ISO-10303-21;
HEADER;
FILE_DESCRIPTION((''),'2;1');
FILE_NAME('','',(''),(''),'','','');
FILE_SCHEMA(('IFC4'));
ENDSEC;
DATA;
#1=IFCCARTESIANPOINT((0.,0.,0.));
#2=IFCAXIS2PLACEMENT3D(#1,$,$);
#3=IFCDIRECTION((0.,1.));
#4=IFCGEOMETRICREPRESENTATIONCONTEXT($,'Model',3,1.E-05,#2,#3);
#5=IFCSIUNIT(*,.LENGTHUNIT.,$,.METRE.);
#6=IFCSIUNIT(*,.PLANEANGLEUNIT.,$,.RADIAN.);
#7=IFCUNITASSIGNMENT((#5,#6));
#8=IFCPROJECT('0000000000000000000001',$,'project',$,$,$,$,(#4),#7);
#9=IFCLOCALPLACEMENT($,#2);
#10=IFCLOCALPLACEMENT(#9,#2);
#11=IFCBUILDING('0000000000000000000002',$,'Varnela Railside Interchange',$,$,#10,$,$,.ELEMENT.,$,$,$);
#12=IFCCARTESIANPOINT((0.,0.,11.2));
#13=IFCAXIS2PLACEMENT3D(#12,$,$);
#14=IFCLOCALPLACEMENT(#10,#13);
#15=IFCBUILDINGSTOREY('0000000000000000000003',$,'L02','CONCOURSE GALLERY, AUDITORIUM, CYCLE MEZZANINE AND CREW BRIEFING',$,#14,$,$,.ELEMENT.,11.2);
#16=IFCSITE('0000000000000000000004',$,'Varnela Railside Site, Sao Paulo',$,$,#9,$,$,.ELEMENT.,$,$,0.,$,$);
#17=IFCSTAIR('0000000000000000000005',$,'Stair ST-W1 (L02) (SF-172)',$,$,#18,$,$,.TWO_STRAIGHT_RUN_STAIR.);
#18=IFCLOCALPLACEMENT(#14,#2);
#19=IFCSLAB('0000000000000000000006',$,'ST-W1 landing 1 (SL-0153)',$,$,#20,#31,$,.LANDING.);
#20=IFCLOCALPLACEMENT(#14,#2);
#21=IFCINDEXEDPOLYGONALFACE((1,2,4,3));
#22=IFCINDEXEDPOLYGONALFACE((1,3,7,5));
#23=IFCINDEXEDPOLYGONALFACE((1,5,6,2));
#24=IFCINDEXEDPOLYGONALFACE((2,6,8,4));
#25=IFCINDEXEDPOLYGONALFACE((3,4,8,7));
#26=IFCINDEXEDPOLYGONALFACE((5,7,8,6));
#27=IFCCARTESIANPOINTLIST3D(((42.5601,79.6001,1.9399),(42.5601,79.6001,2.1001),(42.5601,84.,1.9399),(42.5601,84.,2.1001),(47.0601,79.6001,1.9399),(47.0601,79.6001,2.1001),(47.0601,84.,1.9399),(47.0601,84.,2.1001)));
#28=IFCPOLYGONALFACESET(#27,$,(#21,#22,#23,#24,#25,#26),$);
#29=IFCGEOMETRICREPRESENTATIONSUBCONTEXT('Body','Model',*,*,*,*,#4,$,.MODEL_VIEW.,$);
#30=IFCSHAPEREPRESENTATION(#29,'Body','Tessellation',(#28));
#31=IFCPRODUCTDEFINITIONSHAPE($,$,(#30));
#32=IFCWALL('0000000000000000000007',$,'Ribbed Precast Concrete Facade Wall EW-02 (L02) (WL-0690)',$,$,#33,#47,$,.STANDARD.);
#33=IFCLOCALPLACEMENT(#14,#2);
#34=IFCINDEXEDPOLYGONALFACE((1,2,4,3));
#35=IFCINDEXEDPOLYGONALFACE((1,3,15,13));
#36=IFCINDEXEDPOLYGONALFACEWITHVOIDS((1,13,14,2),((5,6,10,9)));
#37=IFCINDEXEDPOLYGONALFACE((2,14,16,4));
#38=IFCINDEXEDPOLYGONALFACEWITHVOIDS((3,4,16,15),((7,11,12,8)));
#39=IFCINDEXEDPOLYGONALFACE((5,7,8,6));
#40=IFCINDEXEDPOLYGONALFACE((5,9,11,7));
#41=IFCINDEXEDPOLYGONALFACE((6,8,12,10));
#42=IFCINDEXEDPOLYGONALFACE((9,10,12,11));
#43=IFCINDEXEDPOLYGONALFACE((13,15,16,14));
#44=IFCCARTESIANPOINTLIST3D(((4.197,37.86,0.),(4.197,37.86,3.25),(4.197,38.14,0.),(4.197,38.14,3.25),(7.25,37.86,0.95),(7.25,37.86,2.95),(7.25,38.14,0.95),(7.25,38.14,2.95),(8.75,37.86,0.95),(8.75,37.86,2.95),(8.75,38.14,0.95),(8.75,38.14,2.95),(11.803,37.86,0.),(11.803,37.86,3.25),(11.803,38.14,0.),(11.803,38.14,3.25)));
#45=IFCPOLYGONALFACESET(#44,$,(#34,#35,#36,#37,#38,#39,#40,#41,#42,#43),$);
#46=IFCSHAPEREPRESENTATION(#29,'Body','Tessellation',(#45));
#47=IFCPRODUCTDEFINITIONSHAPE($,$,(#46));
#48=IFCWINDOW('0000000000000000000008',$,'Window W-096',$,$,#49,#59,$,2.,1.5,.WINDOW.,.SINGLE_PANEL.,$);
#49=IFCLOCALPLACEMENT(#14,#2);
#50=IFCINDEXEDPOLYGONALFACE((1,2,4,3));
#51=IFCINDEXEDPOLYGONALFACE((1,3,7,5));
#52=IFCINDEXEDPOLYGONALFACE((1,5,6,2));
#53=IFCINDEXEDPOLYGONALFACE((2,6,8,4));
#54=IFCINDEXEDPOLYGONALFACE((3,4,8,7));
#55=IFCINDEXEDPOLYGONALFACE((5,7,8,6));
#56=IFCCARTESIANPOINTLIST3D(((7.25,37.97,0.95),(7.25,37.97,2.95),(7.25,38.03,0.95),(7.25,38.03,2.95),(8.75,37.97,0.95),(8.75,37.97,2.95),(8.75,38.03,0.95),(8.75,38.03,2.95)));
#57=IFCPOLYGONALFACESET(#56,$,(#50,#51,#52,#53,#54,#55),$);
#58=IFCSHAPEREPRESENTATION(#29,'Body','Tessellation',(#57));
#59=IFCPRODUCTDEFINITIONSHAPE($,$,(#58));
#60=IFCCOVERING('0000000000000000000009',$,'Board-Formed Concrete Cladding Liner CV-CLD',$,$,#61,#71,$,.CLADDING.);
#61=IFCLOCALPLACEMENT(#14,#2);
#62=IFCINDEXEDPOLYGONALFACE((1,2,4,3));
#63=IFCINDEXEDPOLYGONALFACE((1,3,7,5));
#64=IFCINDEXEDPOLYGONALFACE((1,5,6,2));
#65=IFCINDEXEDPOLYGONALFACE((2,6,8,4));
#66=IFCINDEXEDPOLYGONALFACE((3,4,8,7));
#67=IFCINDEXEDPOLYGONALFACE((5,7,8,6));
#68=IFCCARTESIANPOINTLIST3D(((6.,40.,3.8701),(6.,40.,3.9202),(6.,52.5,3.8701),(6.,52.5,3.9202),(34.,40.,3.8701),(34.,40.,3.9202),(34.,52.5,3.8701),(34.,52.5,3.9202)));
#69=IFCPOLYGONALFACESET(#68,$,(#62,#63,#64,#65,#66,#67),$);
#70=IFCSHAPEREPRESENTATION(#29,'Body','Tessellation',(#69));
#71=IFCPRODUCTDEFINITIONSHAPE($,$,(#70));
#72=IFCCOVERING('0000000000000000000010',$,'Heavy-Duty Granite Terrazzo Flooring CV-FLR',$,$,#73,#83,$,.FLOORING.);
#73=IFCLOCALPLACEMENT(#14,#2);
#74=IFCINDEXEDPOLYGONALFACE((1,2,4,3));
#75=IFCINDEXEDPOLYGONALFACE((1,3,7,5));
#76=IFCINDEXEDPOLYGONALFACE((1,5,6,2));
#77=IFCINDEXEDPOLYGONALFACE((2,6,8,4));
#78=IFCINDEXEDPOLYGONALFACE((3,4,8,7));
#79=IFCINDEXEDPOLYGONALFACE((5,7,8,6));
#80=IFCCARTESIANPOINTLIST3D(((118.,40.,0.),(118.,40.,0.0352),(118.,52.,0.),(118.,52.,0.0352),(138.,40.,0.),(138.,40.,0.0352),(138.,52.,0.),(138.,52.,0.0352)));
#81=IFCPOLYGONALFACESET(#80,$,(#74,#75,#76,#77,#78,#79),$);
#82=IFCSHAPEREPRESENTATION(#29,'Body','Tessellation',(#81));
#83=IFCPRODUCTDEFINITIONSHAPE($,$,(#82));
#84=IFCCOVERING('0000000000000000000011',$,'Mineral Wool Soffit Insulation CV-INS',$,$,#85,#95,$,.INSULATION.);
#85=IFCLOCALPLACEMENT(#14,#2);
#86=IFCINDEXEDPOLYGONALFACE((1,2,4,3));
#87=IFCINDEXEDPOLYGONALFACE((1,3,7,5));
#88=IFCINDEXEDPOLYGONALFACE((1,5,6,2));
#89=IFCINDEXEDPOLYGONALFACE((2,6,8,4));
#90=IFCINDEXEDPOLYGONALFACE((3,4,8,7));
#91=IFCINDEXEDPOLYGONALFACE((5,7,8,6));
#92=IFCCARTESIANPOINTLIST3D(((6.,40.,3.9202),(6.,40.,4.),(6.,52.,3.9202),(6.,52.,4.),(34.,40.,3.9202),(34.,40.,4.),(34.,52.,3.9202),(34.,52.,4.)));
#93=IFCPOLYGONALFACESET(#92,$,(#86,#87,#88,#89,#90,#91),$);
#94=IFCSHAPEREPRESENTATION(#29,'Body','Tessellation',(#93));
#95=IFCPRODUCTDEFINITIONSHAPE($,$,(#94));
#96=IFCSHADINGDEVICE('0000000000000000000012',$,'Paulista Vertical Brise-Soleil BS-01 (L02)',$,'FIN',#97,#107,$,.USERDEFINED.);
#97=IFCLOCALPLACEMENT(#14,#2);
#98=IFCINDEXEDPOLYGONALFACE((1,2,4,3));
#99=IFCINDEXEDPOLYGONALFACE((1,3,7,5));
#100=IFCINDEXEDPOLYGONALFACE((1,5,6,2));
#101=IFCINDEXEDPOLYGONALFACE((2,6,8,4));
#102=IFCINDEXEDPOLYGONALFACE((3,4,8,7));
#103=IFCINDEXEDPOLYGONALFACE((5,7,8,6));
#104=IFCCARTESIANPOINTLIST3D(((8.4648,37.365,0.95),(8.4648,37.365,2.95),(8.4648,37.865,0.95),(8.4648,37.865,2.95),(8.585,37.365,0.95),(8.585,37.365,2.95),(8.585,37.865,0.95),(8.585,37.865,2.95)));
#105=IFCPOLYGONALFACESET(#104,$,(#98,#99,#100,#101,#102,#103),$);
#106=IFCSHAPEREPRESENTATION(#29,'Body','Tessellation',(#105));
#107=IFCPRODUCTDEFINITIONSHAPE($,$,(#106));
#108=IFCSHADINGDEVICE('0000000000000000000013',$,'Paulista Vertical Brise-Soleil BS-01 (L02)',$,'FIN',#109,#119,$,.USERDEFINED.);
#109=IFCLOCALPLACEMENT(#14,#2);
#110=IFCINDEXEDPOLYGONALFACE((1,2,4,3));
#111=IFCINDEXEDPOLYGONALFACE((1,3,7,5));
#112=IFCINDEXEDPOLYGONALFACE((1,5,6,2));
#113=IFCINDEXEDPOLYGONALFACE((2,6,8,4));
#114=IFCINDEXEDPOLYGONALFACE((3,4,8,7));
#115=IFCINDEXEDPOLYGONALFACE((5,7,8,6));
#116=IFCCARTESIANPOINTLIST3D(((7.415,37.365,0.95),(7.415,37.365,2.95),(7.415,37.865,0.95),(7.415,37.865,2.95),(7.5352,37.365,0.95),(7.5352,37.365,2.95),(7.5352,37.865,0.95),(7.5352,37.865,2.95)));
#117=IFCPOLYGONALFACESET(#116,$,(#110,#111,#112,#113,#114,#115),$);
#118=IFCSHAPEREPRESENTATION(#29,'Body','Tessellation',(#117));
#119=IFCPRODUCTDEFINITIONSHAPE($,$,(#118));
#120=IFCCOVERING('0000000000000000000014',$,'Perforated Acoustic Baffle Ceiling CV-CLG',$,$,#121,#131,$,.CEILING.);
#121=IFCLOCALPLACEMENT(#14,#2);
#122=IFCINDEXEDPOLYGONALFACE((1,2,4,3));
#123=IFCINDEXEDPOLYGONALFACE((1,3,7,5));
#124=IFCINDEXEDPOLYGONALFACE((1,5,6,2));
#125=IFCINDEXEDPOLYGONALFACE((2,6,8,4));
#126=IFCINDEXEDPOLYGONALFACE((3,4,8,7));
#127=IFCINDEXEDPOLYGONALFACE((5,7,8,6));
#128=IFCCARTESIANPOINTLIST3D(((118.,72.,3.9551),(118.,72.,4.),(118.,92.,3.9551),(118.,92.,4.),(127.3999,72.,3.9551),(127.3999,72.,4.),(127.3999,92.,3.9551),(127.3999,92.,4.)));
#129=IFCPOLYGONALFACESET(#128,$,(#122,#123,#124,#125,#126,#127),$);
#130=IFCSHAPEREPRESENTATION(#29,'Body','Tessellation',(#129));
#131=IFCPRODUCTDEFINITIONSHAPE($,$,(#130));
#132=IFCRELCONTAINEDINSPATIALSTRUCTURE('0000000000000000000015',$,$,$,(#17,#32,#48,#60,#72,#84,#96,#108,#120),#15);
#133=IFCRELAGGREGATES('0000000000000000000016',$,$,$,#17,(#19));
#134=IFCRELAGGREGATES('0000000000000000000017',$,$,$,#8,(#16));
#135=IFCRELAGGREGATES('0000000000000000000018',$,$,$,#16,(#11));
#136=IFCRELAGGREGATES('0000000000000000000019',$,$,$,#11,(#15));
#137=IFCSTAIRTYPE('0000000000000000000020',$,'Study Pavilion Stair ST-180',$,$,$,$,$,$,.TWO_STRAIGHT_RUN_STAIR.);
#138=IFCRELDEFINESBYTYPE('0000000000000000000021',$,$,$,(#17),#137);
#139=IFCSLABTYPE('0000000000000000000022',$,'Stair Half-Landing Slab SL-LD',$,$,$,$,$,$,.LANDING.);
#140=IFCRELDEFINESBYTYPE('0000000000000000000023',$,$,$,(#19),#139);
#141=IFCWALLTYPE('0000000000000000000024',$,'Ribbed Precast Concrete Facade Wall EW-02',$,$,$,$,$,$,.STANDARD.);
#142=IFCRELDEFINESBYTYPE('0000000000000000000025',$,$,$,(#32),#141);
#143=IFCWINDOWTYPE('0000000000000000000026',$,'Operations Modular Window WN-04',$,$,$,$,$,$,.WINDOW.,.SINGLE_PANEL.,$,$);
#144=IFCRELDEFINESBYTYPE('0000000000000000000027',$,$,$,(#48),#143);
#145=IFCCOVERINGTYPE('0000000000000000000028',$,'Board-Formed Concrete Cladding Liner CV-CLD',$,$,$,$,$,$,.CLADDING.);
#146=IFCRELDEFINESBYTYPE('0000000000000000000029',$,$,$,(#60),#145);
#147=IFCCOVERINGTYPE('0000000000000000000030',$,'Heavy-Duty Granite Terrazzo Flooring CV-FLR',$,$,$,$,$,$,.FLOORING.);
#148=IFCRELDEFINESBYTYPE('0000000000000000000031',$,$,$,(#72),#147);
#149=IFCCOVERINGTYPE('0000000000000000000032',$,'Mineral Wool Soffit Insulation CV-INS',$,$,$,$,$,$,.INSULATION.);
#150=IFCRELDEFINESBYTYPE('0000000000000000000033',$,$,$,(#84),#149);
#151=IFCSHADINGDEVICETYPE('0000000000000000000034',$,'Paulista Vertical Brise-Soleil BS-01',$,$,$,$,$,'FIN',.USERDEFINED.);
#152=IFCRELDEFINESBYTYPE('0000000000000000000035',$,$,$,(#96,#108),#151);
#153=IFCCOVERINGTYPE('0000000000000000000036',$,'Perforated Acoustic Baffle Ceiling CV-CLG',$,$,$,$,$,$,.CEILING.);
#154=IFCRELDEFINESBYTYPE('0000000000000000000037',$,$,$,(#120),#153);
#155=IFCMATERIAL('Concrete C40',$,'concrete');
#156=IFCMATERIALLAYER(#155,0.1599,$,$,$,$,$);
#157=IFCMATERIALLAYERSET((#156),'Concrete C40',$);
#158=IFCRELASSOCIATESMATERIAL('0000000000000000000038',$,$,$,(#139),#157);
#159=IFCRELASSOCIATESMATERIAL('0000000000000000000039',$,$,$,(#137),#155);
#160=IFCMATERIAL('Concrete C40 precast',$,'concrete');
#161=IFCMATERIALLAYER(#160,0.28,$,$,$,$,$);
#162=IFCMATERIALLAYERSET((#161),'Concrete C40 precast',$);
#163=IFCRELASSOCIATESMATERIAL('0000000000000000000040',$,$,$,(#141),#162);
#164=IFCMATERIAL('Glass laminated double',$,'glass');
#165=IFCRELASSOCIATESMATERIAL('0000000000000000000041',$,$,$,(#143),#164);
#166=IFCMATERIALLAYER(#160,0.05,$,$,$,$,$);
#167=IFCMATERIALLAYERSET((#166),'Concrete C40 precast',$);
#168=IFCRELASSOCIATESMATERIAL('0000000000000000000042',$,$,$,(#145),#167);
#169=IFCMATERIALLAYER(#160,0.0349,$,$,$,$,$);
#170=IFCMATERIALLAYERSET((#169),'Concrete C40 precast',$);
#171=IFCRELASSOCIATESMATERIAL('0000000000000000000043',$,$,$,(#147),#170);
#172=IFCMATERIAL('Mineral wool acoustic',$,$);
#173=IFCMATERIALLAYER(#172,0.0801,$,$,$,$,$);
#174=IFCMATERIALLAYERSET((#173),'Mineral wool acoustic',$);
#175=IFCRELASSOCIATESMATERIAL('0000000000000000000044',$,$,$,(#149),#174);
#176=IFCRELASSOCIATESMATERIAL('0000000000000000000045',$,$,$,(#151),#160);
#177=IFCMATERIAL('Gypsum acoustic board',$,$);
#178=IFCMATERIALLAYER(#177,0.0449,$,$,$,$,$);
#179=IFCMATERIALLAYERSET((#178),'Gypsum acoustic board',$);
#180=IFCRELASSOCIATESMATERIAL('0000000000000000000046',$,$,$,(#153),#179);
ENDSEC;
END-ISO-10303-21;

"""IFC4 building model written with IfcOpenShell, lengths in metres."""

from ifc_helpers import new_model, si_unit, direction, frame, frame_2d, origin, origin_2d, place, context, subcontext, project, spatial, polyline, rectangle, outline, extrude, material, layer, layer_set, type_object, element, fill, aggregate, save


model = new_model("IFC4")

# Units and contexts
model_context = context("Model", 3, precision=1e-05, world=origin(), true_north=direction((0.0, 1.0)))
body_context = subcontext(model_context, "Body", "Model", "MODEL_VIEW")
ifc_project = project(units=[si_unit("LENGTHUNIT", "METRE"), si_unit("PLANEANGLEUNIT", "RADIAN")], contexts=[model_context])

# Site, building, storey
site_placement = place(None, origin())
site = spatial("IfcSite", under=ifc_project, at=site_placement, Name="Varnela Railside Site, Sao Paulo", CompositionType="ELEMENT", RefElevation=0.0)
building_placement = place(site_placement, origin())
building = spatial("IfcBuilding", under=site, at=building_placement, Name="Varnela Railside Interchange", CompositionType="ELEMENT")
storey_placement = place(building_placement, frame((0.0, 0.0, 11.2)))
storey = spatial("IfcBuildingStorey", under=building, at=storey_placement, Name="L02", Description="CONCOURSE GALLERY, AUDITORIUM, CYCLE MEZZANINE AND CREW BRIEFING", CompositionType="ELEMENT", Elevation=11.2)

# Shared definitions
ifc_material_1 = material(Name="Concrete C40 precast", Category="concrete")

# Shared definitions
ifc_material_2 = material(Name="Glass laminated double", Category="glass")

# Shared definitions
ifc_material_3 = material(Name="Concrete C40", Category="concrete")

# Stair, slab
ifc_layer_1 = layer(ifc_material_3, 0.1599)
ifc_layer_set_1 = layer_set([ifc_layer_1], Name="Concrete C40")
slab_type_1 = type_object("IfcSlabType", Name="Stair Half-Landing Slab SL-LD", PredefinedType="LANDING", material=ifc_layer_set_1)
stair_type_1 = type_object("IfcStairType", Name="Study Pavilion Stair ST-180", PredefinedType="TWO_STRAIGHT_RUN_STAIR", material=ifc_material_3)
stair_1_placement = place(storey_placement, origin())
stair_1 = element("IfcStair", 1, at=stair_1_placement, inside=storey, type_object=stair_type_1, Name="Stair ST-W1 (L02) (SF-172)", PredefinedType="TWO_STRAIGHT_RUN_STAIR")
slab_1_placement = place(storey_placement, frame((0.0, 0.0, 1.9399)))
slab_1 = element("IfcSlab", 2, at=slab_1_placement, type_object=slab_type_1, Name="ST-W1 landing 1 (SL-0153)", PredefinedType="LANDING", context=body_context, shape_type="SweptSolid", body=[
    extrude(outline(polyline([(42.5601, 79.6001), (47.0601, 79.6001), (47.0601, 84.0), (42.5601, 84.0), (42.5601, 79.6001)])), origin(), (0.0, 0.0, 1.0), 0.1602),
])
aggregate(stair_1, [slab_1])

# Wall, opening, window
ifc_layer_2 = layer(ifc_material_1, 0.28)
ifc_layer_set_2 = layer_set([ifc_layer_2], Name="Concrete C40 precast")
wall_type = type_object("IfcWallType", Name="Ribbed Precast Concrete Facade Wall EW-02", PredefinedType="STANDARD", material=ifc_layer_set_2)
wall_placement = place(storey_placement, frame((11.803, 38.0, 0.0), z_axis=(0.0, 0.0, 1.0), x_axis=(-1.0, 0.0, 0.0)))
wall = element("IfcWall", 3, at=wall_placement, inside=storey, type_object=wall_type, Name="Ribbed Precast Concrete Facade Wall EW-02 (L02) (WL-0690)", PredefinedType="STANDARD", context=body_context, shape_type="SweptSolid", body=[
    extrude(rectangle(XDim=7.606, YDim=0.28, at=frame_2d((3.803, 0.0))), origin(), (0.0, 0.0, 1.0), 3.25),
])
opening_placement = place(wall_placement, frame((3.053, 0.0, 0.95)))
opening = element("IfcOpeningElement", 4, at=opening_placement, cuts=wall, PredefinedType="OPENING", context=body_context, shape_type="SweptSolid", body=[
    extrude(rectangle(XDim=1.5, YDim=2.0, at=frame_2d((0.75, 1.0))), frame((0.0, 0.1499, 0.0), z_axis=(0.0, -1.0, 0.0), x_axis=(1.0, 0.0, 0.0)), (0.0, 0.0, 1.0), 0.3),
])
window_type = type_object("IfcWindowType", Name="Operations Modular Window WN-04", PartitioningType="SINGLE_PANEL", PredefinedType="WINDOW", material=ifc_material_2)
window_placement = place(opening_placement, origin())
window = element("IfcWindow", 5, at=window_placement, inside=storey, type_object=window_type, Name="Window W-096", OverallHeight=2.0, OverallWidth=1.5, PartitioningType="SINGLE_PANEL", PredefinedType="WINDOW", context=body_context, shape_type="SweptSolid", body=[
    extrude(rectangle(XDim=1.5, YDim=2.0, at=frame_2d((0.75, 1.0))), frame((0.0, 0.03, 0.0), z_axis=(0.0, -1.0, 0.0), x_axis=(1.0, 0.0, 0.0)), (0.0, 0.0, 1.0), 0.0601),
])
fill(opening, window)

# Coverings
ifc_layer_3 = layer(ifc_material_1, 0.05)
ifc_layer_set_3 = layer_set([ifc_layer_3], Name="Concrete C40 precast")
covering_type_1 = type_object("IfcCoveringType", Name="Board-Formed Concrete Cladding Liner CV-CLD", PredefinedType="CLADDING", material=ifc_layer_set_3)
covering_1_placement = place(storey_placement, frame((0.0, 0.0, 3.8701)))
element("IfcCovering", 6, at=covering_1_placement, inside=storey, type_object=covering_type_1, Name="Board-Formed Concrete Cladding Liner CV-CLD", PredefinedType="CLADDING", context=body_context, shape_type="SweptSolid", body=[
    extrude(outline(polyline([(6.0, 40.0), (34.0, 40.0), (34.0, 52.5), (6.0, 52.5), (6.0, 40.0)])), origin(), (0.0, 0.0, 1.0), 0.05),
])
ifc_layer_4 = layer(ifc_material_1, 0.0349)
ifc_layer_set_4 = layer_set([ifc_layer_4], Name="Concrete C40 precast")
covering_type_2 = type_object("IfcCoveringType", Name="Heavy-Duty Granite Terrazzo Flooring CV-FLR", PredefinedType="FLOORING", material=ifc_layer_set_4)
covering_2_placement = place(storey_placement, origin())
element("IfcCovering", 7, at=covering_2_placement, inside=storey, type_object=covering_type_2, Name="Heavy-Duty Granite Terrazzo Flooring CV-FLR", PredefinedType="FLOORING", context=body_context, shape_type="SweptSolid", body=[
    extrude(outline(polyline([(118.0, 40.0), (138.0, 40.0), (138.0, 52.0), (118.0, 52.0), (118.0, 40.0)])), origin(), (0.0, 0.0, 1.0), 0.0352),
])
ifc_material_4 = material(Name="Mineral wool acoustic")
ifc_layer_5 = layer(ifc_material_4, 0.0801)
ifc_layer_set_5 = layer_set([ifc_layer_5], Name="Mineral wool acoustic")
covering_type_3 = type_object("IfcCoveringType", Name="Mineral Wool Soffit Insulation CV-INS", PredefinedType="INSULATION", material=ifc_layer_set_5)
covering_3_placement = place(storey_placement, frame((0.0, 0.0, 3.9202)))
element("IfcCovering", 8, at=covering_3_placement, inside=storey, type_object=covering_type_3, Name="Mineral Wool Soffit Insulation CV-INS", PredefinedType="INSULATION", context=body_context, shape_type="SweptSolid", body=[
    extrude(outline(polyline([(6.0, 40.0), (34.0, 40.0), (34.0, 52.0), (6.0, 52.0), (6.0, 40.0)])), origin(), (0.0, 0.0, 1.0), 0.0798),
])

# Shading devices
shading_device_type = type_object("IfcShadingDeviceType", Name="Paulista Vertical Brise-Soleil BS-01", ElementType="FIN", PredefinedType="USERDEFINED", material=ifc_material_1)
for number, where, z_axis, x_axis, name in (
    (9, (8.5249, 37.615, 0.95), (0.0, 0.0, 1.0), (0.0, -1.0, 0.0), "Paulista Vertical Brise-Soleil BS-01 (L02)"),
    (10, (7.4751, 37.615, 0.95), (0.0, 0.0, 1.0), (0.0, -1.0, 0.0), "Paulista Vertical Brise-Soleil BS-01 (L02)"),
):
    element("IfcShadingDevice", number, at=place(storey_placement, frame(where, z_axis=z_axis, x_axis=x_axis)), inside=storey, type_object=shading_device_type, Name=name, ObjectType="FIN", PredefinedType="USERDEFINED", context=body_context, shape_type="SweptSolid", body=[
        extrude(rectangle(XDim=0.5, YDim=0.1201, at=origin_2d()), origin(), (0.0, 0.0, 1.0), 2.0),
    ])

# Covering
ifc_material_5 = material(Name="Gypsum acoustic board")
ifc_layer_6 = layer(ifc_material_5, 0.0449)
ifc_layer_set_6 = layer_set([ifc_layer_6], Name="Gypsum acoustic board")
covering_type_4 = type_object("IfcCoveringType", Name="Perforated Acoustic Baffle Ceiling CV-CLG", PredefinedType="CEILING", material=ifc_layer_set_6)
covering_4_placement = place(storey_placement, frame((0.0, 0.0, 3.9551)))
element("IfcCovering", 11, at=covering_4_placement, inside=storey, type_object=covering_type_4, Name="Perforated Acoustic Baffle Ceiling CV-CLG", PredefinedType="CEILING", context=body_context, shape_type="SweptSolid", body=[
    extrude(outline(polyline([(118.0, 72.0), (127.3999, 72.0), (127.3999, 92.0), (118.0, 92.0), (118.0, 72.0)])), origin(), (0.0, 0.0, 1.0), 0.0449),
])

save(model, "model.ifc")
